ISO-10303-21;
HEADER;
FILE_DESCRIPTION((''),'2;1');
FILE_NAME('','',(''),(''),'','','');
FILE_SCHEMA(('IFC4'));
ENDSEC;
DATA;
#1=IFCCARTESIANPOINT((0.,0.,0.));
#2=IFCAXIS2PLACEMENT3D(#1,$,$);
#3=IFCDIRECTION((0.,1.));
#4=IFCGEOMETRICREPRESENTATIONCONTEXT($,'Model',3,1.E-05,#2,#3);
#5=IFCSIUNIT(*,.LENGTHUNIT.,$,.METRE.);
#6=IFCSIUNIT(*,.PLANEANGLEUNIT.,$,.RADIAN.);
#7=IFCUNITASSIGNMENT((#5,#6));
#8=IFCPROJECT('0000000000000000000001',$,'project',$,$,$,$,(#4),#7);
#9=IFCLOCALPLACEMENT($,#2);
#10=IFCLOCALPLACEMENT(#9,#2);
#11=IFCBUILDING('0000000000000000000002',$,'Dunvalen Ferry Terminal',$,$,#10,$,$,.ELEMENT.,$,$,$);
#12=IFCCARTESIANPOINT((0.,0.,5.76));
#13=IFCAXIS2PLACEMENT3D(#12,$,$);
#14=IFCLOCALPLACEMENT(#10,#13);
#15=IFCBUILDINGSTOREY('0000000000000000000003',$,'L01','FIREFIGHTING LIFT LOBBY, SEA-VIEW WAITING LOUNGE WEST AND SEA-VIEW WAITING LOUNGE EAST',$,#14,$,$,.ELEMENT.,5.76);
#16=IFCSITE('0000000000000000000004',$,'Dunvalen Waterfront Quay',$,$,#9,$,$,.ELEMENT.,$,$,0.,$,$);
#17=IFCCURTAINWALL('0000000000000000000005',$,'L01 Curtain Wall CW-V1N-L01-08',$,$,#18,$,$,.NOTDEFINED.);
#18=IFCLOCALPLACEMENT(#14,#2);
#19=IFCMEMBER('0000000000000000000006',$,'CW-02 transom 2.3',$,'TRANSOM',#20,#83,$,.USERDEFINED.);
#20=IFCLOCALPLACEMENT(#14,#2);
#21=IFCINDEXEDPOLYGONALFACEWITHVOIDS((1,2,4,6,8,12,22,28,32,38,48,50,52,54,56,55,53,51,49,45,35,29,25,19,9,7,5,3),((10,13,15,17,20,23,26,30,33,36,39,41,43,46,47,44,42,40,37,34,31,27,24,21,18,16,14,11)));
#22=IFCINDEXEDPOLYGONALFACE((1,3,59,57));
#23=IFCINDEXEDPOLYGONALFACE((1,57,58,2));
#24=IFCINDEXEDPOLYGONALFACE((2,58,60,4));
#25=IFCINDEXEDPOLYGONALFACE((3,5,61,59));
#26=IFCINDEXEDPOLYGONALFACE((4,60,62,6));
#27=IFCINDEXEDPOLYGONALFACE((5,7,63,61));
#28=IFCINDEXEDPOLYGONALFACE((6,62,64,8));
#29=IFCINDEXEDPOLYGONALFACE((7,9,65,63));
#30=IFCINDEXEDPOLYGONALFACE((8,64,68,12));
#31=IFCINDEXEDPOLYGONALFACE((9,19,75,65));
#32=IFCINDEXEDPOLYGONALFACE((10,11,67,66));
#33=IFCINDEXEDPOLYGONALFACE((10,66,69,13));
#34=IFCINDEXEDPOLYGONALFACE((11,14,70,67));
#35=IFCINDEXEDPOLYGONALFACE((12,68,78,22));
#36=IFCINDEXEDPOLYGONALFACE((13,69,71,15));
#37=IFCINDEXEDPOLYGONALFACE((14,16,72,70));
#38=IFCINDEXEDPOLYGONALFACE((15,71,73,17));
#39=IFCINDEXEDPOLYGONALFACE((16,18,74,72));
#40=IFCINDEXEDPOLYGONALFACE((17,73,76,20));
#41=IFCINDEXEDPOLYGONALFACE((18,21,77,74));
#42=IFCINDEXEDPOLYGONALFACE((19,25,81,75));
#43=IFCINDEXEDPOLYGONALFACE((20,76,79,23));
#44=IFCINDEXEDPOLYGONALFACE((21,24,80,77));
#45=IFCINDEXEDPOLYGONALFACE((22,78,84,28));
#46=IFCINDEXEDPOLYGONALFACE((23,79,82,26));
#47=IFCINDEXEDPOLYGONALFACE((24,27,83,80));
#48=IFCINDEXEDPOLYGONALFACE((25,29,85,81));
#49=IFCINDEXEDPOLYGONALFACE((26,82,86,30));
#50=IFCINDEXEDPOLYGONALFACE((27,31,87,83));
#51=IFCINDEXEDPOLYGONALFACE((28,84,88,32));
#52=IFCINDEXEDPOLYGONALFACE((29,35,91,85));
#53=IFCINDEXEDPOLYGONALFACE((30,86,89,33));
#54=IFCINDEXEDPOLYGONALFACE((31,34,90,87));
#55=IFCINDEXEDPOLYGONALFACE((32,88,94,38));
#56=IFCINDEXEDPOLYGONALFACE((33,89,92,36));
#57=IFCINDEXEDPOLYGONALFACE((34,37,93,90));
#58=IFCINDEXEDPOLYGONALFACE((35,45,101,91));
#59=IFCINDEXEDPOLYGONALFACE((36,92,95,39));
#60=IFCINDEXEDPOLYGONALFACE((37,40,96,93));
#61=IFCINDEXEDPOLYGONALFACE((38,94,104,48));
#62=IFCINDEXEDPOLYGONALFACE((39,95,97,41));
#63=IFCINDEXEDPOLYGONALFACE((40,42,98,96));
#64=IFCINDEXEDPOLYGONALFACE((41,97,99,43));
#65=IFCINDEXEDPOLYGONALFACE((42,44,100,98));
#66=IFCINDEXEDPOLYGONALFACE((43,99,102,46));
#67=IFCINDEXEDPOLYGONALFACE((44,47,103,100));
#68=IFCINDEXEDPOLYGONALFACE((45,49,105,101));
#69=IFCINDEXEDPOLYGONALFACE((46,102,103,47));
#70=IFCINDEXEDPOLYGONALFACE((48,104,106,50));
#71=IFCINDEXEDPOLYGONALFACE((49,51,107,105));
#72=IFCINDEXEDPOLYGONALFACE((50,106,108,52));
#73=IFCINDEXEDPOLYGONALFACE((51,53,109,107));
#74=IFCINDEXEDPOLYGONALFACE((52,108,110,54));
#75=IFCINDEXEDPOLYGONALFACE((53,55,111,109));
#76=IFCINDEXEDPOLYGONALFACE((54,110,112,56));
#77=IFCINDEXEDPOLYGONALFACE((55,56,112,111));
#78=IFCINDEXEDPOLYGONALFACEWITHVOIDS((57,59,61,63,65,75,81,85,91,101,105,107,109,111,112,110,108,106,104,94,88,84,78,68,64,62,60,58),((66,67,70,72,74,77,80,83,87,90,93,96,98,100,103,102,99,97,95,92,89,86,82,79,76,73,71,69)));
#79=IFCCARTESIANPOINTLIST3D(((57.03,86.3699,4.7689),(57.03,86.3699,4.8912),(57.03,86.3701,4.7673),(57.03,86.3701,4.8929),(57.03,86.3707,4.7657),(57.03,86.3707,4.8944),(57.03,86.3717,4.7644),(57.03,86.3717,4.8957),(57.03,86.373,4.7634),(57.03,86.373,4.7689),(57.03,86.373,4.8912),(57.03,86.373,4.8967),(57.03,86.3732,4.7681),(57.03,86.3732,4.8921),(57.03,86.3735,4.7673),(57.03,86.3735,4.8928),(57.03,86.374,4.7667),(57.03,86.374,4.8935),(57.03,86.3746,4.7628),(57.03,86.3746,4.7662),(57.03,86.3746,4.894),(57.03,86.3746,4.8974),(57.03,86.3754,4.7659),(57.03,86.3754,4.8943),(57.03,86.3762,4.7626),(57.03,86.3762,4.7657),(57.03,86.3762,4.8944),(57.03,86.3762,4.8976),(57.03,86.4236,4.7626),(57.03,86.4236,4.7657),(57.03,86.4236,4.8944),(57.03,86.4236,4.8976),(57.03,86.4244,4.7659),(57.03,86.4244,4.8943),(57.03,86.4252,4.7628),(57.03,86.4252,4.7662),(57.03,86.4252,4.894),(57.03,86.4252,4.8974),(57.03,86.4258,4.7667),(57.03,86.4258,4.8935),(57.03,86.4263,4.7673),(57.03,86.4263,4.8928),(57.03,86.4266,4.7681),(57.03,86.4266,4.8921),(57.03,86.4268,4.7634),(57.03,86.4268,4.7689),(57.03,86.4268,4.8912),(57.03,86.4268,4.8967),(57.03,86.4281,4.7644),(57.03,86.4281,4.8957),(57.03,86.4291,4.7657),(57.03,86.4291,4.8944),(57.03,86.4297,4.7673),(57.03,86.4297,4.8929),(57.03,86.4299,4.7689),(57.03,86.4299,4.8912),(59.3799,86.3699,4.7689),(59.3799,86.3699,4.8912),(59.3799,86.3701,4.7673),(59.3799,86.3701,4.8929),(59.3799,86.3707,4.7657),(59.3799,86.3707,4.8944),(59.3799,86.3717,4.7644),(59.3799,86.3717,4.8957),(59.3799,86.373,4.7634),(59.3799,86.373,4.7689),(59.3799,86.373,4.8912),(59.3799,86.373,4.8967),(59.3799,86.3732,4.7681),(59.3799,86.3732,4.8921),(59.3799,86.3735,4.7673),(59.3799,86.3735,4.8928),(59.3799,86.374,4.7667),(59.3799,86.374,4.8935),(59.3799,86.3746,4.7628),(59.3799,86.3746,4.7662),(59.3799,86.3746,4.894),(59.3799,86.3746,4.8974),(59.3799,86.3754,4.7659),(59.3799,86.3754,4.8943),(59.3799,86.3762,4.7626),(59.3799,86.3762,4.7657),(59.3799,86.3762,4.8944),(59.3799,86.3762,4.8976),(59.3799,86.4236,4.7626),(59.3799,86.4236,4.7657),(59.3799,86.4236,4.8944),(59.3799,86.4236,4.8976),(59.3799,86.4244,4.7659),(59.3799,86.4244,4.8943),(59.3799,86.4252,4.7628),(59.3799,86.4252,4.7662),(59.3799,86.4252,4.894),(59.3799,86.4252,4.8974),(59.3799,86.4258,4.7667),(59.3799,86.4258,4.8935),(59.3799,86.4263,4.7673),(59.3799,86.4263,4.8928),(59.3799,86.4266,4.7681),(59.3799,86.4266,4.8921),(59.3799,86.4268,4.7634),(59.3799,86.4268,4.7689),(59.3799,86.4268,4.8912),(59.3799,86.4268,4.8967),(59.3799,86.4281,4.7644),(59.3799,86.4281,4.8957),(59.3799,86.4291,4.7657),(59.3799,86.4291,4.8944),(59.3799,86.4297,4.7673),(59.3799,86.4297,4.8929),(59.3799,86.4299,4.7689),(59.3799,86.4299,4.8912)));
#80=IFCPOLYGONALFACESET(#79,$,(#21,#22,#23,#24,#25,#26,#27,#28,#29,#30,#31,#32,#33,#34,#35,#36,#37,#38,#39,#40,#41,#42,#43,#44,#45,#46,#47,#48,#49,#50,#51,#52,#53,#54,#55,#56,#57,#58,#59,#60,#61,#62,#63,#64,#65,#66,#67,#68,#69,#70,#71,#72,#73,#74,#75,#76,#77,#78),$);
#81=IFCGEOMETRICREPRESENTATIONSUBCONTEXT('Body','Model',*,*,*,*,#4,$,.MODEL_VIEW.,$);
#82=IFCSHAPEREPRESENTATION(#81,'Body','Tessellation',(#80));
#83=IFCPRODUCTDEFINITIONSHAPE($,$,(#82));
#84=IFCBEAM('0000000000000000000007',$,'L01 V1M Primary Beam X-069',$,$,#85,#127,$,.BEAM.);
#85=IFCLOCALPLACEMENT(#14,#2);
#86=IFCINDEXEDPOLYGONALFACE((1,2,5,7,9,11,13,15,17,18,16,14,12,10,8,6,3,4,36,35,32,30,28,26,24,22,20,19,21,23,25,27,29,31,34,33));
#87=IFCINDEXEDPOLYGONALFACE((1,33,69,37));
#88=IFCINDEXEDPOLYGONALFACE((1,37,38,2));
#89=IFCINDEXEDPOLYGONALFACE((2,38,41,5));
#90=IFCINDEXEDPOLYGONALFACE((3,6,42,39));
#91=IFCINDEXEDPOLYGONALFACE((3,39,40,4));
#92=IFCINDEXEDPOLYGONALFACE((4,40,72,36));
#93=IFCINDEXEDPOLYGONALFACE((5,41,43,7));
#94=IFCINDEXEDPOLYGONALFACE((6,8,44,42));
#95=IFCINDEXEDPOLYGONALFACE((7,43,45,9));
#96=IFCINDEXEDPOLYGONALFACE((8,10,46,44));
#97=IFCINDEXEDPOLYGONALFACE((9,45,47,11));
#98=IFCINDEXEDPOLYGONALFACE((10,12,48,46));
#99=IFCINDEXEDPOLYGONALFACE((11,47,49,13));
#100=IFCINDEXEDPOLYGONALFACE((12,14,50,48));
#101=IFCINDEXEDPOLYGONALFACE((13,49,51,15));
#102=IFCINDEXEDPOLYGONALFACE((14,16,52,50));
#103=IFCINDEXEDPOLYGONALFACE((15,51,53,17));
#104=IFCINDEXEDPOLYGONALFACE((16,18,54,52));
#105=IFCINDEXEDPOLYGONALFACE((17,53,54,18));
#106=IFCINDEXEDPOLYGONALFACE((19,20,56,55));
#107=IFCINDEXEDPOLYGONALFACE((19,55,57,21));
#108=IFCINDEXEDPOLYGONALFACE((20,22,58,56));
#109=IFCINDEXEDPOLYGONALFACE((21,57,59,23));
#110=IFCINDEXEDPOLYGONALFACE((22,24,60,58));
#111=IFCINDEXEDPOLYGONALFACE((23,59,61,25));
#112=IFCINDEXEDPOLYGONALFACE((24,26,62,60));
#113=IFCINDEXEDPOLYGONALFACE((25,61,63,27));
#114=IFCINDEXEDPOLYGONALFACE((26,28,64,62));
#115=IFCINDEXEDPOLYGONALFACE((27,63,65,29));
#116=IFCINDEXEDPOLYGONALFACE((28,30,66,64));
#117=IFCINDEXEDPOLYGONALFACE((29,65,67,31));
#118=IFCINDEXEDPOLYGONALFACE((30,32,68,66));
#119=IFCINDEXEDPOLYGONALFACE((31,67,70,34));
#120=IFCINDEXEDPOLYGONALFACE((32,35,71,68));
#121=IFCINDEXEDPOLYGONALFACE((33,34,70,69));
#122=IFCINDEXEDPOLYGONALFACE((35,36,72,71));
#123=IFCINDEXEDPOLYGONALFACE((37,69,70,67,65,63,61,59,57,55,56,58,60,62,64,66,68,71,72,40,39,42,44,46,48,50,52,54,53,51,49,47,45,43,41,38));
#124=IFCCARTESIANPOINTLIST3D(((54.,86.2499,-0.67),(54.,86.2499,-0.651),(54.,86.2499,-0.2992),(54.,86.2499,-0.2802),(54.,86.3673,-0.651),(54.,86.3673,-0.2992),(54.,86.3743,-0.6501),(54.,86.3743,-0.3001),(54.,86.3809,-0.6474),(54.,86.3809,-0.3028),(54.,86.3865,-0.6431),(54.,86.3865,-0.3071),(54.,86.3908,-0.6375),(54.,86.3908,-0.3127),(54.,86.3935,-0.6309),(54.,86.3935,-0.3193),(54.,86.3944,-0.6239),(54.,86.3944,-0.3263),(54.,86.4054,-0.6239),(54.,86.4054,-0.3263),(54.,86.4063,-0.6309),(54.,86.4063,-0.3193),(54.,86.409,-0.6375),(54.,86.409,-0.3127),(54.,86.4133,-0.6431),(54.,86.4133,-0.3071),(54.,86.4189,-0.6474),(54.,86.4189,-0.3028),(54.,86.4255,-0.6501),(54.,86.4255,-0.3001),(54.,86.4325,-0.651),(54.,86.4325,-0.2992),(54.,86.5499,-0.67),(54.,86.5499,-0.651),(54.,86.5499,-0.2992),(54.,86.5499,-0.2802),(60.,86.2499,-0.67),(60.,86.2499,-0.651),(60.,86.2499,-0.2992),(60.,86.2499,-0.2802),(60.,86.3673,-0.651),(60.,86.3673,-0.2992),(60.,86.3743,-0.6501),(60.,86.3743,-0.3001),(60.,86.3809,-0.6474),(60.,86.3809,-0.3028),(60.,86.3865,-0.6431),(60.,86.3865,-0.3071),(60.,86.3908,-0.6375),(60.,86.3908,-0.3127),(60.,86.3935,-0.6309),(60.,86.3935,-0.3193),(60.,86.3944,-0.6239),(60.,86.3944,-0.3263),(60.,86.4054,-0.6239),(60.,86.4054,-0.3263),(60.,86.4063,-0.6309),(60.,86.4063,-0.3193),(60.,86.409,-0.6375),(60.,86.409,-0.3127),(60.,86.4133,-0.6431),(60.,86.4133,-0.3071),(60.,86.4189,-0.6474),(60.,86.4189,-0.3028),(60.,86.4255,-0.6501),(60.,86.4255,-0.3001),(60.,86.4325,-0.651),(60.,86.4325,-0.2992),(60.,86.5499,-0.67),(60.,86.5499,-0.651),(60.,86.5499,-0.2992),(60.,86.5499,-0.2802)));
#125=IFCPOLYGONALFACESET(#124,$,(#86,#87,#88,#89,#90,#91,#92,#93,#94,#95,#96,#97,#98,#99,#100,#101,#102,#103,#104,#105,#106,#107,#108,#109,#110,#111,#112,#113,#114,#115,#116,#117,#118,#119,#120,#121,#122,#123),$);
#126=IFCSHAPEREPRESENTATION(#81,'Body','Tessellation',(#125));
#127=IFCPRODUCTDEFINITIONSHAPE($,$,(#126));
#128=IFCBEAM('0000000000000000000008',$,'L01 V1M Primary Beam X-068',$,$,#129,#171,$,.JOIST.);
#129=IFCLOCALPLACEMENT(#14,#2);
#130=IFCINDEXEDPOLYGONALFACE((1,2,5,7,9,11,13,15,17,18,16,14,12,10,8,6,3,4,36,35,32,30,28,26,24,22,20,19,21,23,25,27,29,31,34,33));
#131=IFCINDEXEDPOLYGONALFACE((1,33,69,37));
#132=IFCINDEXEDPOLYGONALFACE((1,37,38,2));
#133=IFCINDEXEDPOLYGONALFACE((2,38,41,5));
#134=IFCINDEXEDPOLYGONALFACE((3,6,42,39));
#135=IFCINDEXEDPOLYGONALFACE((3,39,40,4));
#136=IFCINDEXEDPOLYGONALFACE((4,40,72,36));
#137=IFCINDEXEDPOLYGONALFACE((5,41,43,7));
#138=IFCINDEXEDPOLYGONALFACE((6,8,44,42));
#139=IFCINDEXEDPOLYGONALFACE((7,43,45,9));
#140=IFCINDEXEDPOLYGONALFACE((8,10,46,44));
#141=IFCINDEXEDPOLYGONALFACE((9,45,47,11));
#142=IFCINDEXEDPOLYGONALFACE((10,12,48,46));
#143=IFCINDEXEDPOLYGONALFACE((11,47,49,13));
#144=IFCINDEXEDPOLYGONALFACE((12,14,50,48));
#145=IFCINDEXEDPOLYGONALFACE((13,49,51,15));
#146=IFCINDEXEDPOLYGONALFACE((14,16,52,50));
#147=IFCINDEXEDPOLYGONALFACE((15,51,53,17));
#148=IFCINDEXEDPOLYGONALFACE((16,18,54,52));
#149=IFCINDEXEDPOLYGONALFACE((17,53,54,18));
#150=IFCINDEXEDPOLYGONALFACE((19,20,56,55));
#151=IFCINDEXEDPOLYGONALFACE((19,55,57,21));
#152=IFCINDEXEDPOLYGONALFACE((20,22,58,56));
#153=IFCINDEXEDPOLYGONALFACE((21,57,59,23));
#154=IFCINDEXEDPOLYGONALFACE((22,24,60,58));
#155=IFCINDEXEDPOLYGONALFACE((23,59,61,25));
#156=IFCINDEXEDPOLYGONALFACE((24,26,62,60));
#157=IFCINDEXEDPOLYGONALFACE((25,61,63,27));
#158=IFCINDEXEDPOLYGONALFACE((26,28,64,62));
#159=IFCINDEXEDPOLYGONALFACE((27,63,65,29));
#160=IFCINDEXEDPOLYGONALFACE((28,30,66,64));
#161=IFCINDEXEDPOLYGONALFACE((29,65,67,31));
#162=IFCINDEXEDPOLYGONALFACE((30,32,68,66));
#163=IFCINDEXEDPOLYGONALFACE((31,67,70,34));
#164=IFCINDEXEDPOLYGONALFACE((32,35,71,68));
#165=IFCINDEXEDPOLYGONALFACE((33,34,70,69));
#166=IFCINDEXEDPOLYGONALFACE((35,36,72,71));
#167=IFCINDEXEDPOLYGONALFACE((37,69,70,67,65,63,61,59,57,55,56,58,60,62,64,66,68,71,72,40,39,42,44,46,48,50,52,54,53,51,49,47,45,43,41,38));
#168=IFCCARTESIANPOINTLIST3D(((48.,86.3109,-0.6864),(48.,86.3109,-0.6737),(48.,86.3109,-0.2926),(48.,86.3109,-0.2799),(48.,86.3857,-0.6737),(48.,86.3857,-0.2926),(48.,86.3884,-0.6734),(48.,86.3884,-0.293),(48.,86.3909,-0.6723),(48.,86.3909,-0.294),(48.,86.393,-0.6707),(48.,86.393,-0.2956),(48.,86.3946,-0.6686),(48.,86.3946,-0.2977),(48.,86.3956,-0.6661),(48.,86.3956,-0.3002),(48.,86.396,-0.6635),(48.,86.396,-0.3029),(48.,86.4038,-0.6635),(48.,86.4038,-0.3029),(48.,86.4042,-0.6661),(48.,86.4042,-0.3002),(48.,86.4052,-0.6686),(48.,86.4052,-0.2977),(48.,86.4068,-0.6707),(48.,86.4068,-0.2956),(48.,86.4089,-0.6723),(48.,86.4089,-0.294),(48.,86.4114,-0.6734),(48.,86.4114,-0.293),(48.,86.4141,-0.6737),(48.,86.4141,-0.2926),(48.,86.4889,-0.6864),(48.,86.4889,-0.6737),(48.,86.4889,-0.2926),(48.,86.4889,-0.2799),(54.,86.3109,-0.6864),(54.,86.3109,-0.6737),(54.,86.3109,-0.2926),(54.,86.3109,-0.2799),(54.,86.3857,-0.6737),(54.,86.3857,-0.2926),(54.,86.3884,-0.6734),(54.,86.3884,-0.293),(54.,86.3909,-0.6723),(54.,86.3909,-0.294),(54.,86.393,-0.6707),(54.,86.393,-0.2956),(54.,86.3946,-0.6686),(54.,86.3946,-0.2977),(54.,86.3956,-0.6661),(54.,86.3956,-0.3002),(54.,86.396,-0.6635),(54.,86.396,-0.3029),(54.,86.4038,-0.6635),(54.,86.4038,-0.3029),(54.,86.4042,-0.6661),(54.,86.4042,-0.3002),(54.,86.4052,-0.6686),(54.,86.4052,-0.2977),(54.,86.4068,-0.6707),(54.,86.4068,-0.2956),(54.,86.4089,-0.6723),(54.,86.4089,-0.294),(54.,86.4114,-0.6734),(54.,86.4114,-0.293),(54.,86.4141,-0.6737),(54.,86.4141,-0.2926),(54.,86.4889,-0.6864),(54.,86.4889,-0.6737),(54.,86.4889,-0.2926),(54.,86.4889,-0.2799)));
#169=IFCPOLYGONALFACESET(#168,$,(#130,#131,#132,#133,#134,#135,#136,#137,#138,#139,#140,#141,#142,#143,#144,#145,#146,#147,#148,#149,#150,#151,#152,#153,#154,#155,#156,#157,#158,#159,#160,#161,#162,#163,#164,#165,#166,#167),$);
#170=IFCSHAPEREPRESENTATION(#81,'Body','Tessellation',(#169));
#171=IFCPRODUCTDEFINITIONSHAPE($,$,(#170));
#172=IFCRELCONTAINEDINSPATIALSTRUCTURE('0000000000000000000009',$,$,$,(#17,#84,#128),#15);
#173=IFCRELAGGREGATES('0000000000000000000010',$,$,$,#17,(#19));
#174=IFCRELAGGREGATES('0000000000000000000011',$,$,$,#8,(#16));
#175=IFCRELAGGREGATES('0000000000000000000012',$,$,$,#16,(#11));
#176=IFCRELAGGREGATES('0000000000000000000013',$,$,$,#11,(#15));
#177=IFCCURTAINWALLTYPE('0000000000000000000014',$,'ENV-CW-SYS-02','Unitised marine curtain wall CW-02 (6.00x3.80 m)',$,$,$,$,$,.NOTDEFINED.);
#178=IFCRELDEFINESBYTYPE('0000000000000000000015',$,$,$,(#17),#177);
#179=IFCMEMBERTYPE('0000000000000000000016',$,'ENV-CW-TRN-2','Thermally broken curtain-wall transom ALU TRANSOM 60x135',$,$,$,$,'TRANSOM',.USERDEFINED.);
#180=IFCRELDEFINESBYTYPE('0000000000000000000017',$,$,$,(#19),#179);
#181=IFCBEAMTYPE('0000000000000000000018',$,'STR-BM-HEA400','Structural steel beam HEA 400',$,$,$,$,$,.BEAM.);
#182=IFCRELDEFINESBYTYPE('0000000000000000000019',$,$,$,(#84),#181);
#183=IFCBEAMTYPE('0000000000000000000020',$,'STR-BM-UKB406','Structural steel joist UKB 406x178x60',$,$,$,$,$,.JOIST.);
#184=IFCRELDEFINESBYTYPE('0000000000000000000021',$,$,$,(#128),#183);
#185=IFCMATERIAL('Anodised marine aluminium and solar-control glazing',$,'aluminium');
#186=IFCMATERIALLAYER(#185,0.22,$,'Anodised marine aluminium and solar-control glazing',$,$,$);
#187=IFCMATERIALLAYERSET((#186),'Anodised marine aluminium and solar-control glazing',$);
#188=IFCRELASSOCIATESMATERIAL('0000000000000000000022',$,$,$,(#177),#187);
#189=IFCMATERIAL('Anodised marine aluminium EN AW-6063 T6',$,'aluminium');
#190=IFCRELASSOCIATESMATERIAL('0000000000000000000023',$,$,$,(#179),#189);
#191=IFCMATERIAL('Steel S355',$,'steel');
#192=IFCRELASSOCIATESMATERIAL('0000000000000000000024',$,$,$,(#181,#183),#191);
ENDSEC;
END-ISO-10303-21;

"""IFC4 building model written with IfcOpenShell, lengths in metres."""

from ifc_helpers import new_model, si_unit, direction, frame, origin, origin_2d, place, context, subcontext, project, spatial, hollow_rectangle, i_section, extrude, material, layer, layer_set, material_profile, profile_set, type_object, element, aggregate, save


model = new_model("IFC4")

# Units and contexts
model_context = context("Model", 3, precision=1e-05, world=origin(), true_north=direction((0.0, 1.0)))
body_context = subcontext(model_context, "Body", "Model", "MODEL_VIEW")
ifc_project = project(units=[si_unit("LENGTHUNIT", "METRE"), si_unit("PLANEANGLEUNIT", "RADIAN")], contexts=[model_context])

# Site, building, storey
site_placement = place(None, origin())
site = spatial("IfcSite", under=ifc_project, at=site_placement, Name="Dunvalen Waterfront Quay", CompositionType="ELEMENT", RefElevation=0.0)
building_placement = place(site_placement, origin())
building = spatial("IfcBuilding", under=site, at=building_placement, Name="Dunvalen Ferry Terminal", CompositionType="ELEMENT")
storey_placement = place(building_placement, frame((0.0, 0.0, 5.76)))
storey = spatial("IfcBuildingStorey", under=building, at=storey_placement, Name="L01", Description="FIREFIGHTING LIFT LOBBY, SEA-VIEW WAITING LOUNGE WEST AND SEA-VIEW WAITING LOUNGE EAST", CompositionType="ELEMENT", Elevation=5.76)

# Shared definitions
ifc_material_1 = material(Name="Anodised marine aluminium and solar-control glazing", Category="aluminium")
ifc_layer_1 = layer(ifc_material_1, 0.22, Name="Anodised marine aluminium and solar-control glazing")
ifc_layer_set_1 = layer_set([ifc_layer_1], Name="Anodised marine aluminium and solar-control glazing")
curtain_wall_type = type_object("IfcCurtainWallType", Name="ENV-CW-SYS-02", Description="Unitised marine curtain wall CW-02 (6.00x3.80 m)", PredefinedType="NOTDEFINED", material=ifc_layer_set_1)
ifc_material_2 = material(Name="Anodised marine aluminium EN AW-6063 T6", Category="aluminium")

# Curtain wall
curtain_wall_1_placement = place(storey_placement, origin())
curtain_wall_1 = element("IfcCurtainWall", 1, at=curtain_wall_1_placement, inside=storey, type_object=curtain_wall_type, Name="L01 Curtain Wall CW-V1N-L01-08", PredefinedType="NOTDEFINED")

# Member
ifc_material_profile_1 = material_profile(ifc_material_2, hollow_rectangle(XDim=0.0601, YDim=0.135, WallThickness=0.0032, InnerFilletRadius=0.0032, OuterFilletRadius=0.0063, at=origin_2d()), Name="Anodised marine aluminium EN AW-6063 T6")
ifc_profile_set_1 = profile_set([ifc_material_profile_1], Name="Anodised marine aluminium EN AW-6063 T6")
member_type_1 = type_object("IfcMemberType", Name="ENV-CW-TRN-2", Description="Thermally broken curtain-wall transom ALU TRANSOM 60x135", ElementType="TRANSOM", PredefinedType="USERDEFINED", material=ifc_profile_set_1)
member_1_placement = place(storey_placement, frame((57.03, 86.3999, 4.8301), z_axis=(1.0, 0.0, 0.0), x_axis=(0.0, 1.0, 0.0)))
member_1 = element("IfcMember", 2, at=member_1_placement, type_object=member_type_1, Name="CW-02 transom 2.3", ObjectType="TRANSOM", PredefinedType="USERDEFINED", context=body_context, shape_type="SweptSolid", body=[
    extrude(hollow_rectangle(XDim=0.0601, YDim=0.135, WallThickness=0.0032, InnerFilletRadius=0.0032, OuterFilletRadius=0.0063, at=origin_2d()), origin(), (0.0, 0.0, 1.0), 2.3499),
])

# Beams
ifc_material_3 = material(Name="Steel S355", Category="steel")
ifc_material_profile_2 = material_profile(ifc_material_3, i_section(OverallWidth=0.3, OverallDepth=0.3899, WebThickness=0.011, FlangeThickness=0.019, FilletRadius=0.0271, at=origin_2d()), Name="Steel S355")
ifc_profile_set_2 = profile_set([ifc_material_profile_2], Name="Steel S355")
beam_type_1 = type_object("IfcBeamType", Name="STR-BM-HEA400", Description="Structural steel beam HEA 400", PredefinedType="BEAM", material=ifc_profile_set_2)
beam_1_placement = place(storey_placement, frame((54.0, 86.3999, -0.4751), z_axis=(1.0, 0.0, 0.0), x_axis=(0.0, 1.0, 0.0)))
element("IfcBeam", 3, at=beam_1_placement, inside=storey, type_object=beam_type_1, Name="L01 V1M Primary Beam X-069", PredefinedType="BEAM", context=body_context, shape_type="SweptSolid", body=[
    extrude(i_section(OverallWidth=0.3, OverallDepth=0.3899, WebThickness=0.011, FlangeThickness=0.019, FilletRadius=0.0271, at=origin_2d()), origin(), (0.0, 0.0, 1.0), 6.0),
])
ifc_material_profile_3 = material_profile(ifc_material_3, i_section(OverallWidth=0.178, OverallDepth=0.4065, WebThickness=0.0078, FlangeThickness=0.0127, FilletRadius=0.0103, at=origin_2d()), Name="Steel S355")
ifc_profile_set_3 = profile_set([ifc_material_profile_3], Name="Steel S355")
beam_type_2 = type_object("IfcBeamType", Name="STR-BM-UKB406", Description="Structural steel joist UKB 406x178x60", PredefinedType="JOIST", material=ifc_profile_set_3)
beam_2_placement = place(storey_placement, frame((48.0, 86.3999, -0.4832), z_axis=(1.0, 0.0, 0.0), x_axis=(0.0, 1.0, 0.0)))
element("IfcBeam", 4, at=beam_2_placement, inside=storey, type_object=beam_type_2, Name="L01 V1M Primary Beam X-068", PredefinedType="JOIST", context=body_context, shape_type="SweptSolid", body=[
    extrude(i_section(OverallWidth=0.178, OverallDepth=0.4065, WebThickness=0.0078, FlangeThickness=0.0127, FilletRadius=0.0103, at=origin_2d()), origin(), (0.0, 0.0, 1.0), 6.0),
])

aggregate(curtain_wall_1, [member_1])

save(model, "model.ifc")
